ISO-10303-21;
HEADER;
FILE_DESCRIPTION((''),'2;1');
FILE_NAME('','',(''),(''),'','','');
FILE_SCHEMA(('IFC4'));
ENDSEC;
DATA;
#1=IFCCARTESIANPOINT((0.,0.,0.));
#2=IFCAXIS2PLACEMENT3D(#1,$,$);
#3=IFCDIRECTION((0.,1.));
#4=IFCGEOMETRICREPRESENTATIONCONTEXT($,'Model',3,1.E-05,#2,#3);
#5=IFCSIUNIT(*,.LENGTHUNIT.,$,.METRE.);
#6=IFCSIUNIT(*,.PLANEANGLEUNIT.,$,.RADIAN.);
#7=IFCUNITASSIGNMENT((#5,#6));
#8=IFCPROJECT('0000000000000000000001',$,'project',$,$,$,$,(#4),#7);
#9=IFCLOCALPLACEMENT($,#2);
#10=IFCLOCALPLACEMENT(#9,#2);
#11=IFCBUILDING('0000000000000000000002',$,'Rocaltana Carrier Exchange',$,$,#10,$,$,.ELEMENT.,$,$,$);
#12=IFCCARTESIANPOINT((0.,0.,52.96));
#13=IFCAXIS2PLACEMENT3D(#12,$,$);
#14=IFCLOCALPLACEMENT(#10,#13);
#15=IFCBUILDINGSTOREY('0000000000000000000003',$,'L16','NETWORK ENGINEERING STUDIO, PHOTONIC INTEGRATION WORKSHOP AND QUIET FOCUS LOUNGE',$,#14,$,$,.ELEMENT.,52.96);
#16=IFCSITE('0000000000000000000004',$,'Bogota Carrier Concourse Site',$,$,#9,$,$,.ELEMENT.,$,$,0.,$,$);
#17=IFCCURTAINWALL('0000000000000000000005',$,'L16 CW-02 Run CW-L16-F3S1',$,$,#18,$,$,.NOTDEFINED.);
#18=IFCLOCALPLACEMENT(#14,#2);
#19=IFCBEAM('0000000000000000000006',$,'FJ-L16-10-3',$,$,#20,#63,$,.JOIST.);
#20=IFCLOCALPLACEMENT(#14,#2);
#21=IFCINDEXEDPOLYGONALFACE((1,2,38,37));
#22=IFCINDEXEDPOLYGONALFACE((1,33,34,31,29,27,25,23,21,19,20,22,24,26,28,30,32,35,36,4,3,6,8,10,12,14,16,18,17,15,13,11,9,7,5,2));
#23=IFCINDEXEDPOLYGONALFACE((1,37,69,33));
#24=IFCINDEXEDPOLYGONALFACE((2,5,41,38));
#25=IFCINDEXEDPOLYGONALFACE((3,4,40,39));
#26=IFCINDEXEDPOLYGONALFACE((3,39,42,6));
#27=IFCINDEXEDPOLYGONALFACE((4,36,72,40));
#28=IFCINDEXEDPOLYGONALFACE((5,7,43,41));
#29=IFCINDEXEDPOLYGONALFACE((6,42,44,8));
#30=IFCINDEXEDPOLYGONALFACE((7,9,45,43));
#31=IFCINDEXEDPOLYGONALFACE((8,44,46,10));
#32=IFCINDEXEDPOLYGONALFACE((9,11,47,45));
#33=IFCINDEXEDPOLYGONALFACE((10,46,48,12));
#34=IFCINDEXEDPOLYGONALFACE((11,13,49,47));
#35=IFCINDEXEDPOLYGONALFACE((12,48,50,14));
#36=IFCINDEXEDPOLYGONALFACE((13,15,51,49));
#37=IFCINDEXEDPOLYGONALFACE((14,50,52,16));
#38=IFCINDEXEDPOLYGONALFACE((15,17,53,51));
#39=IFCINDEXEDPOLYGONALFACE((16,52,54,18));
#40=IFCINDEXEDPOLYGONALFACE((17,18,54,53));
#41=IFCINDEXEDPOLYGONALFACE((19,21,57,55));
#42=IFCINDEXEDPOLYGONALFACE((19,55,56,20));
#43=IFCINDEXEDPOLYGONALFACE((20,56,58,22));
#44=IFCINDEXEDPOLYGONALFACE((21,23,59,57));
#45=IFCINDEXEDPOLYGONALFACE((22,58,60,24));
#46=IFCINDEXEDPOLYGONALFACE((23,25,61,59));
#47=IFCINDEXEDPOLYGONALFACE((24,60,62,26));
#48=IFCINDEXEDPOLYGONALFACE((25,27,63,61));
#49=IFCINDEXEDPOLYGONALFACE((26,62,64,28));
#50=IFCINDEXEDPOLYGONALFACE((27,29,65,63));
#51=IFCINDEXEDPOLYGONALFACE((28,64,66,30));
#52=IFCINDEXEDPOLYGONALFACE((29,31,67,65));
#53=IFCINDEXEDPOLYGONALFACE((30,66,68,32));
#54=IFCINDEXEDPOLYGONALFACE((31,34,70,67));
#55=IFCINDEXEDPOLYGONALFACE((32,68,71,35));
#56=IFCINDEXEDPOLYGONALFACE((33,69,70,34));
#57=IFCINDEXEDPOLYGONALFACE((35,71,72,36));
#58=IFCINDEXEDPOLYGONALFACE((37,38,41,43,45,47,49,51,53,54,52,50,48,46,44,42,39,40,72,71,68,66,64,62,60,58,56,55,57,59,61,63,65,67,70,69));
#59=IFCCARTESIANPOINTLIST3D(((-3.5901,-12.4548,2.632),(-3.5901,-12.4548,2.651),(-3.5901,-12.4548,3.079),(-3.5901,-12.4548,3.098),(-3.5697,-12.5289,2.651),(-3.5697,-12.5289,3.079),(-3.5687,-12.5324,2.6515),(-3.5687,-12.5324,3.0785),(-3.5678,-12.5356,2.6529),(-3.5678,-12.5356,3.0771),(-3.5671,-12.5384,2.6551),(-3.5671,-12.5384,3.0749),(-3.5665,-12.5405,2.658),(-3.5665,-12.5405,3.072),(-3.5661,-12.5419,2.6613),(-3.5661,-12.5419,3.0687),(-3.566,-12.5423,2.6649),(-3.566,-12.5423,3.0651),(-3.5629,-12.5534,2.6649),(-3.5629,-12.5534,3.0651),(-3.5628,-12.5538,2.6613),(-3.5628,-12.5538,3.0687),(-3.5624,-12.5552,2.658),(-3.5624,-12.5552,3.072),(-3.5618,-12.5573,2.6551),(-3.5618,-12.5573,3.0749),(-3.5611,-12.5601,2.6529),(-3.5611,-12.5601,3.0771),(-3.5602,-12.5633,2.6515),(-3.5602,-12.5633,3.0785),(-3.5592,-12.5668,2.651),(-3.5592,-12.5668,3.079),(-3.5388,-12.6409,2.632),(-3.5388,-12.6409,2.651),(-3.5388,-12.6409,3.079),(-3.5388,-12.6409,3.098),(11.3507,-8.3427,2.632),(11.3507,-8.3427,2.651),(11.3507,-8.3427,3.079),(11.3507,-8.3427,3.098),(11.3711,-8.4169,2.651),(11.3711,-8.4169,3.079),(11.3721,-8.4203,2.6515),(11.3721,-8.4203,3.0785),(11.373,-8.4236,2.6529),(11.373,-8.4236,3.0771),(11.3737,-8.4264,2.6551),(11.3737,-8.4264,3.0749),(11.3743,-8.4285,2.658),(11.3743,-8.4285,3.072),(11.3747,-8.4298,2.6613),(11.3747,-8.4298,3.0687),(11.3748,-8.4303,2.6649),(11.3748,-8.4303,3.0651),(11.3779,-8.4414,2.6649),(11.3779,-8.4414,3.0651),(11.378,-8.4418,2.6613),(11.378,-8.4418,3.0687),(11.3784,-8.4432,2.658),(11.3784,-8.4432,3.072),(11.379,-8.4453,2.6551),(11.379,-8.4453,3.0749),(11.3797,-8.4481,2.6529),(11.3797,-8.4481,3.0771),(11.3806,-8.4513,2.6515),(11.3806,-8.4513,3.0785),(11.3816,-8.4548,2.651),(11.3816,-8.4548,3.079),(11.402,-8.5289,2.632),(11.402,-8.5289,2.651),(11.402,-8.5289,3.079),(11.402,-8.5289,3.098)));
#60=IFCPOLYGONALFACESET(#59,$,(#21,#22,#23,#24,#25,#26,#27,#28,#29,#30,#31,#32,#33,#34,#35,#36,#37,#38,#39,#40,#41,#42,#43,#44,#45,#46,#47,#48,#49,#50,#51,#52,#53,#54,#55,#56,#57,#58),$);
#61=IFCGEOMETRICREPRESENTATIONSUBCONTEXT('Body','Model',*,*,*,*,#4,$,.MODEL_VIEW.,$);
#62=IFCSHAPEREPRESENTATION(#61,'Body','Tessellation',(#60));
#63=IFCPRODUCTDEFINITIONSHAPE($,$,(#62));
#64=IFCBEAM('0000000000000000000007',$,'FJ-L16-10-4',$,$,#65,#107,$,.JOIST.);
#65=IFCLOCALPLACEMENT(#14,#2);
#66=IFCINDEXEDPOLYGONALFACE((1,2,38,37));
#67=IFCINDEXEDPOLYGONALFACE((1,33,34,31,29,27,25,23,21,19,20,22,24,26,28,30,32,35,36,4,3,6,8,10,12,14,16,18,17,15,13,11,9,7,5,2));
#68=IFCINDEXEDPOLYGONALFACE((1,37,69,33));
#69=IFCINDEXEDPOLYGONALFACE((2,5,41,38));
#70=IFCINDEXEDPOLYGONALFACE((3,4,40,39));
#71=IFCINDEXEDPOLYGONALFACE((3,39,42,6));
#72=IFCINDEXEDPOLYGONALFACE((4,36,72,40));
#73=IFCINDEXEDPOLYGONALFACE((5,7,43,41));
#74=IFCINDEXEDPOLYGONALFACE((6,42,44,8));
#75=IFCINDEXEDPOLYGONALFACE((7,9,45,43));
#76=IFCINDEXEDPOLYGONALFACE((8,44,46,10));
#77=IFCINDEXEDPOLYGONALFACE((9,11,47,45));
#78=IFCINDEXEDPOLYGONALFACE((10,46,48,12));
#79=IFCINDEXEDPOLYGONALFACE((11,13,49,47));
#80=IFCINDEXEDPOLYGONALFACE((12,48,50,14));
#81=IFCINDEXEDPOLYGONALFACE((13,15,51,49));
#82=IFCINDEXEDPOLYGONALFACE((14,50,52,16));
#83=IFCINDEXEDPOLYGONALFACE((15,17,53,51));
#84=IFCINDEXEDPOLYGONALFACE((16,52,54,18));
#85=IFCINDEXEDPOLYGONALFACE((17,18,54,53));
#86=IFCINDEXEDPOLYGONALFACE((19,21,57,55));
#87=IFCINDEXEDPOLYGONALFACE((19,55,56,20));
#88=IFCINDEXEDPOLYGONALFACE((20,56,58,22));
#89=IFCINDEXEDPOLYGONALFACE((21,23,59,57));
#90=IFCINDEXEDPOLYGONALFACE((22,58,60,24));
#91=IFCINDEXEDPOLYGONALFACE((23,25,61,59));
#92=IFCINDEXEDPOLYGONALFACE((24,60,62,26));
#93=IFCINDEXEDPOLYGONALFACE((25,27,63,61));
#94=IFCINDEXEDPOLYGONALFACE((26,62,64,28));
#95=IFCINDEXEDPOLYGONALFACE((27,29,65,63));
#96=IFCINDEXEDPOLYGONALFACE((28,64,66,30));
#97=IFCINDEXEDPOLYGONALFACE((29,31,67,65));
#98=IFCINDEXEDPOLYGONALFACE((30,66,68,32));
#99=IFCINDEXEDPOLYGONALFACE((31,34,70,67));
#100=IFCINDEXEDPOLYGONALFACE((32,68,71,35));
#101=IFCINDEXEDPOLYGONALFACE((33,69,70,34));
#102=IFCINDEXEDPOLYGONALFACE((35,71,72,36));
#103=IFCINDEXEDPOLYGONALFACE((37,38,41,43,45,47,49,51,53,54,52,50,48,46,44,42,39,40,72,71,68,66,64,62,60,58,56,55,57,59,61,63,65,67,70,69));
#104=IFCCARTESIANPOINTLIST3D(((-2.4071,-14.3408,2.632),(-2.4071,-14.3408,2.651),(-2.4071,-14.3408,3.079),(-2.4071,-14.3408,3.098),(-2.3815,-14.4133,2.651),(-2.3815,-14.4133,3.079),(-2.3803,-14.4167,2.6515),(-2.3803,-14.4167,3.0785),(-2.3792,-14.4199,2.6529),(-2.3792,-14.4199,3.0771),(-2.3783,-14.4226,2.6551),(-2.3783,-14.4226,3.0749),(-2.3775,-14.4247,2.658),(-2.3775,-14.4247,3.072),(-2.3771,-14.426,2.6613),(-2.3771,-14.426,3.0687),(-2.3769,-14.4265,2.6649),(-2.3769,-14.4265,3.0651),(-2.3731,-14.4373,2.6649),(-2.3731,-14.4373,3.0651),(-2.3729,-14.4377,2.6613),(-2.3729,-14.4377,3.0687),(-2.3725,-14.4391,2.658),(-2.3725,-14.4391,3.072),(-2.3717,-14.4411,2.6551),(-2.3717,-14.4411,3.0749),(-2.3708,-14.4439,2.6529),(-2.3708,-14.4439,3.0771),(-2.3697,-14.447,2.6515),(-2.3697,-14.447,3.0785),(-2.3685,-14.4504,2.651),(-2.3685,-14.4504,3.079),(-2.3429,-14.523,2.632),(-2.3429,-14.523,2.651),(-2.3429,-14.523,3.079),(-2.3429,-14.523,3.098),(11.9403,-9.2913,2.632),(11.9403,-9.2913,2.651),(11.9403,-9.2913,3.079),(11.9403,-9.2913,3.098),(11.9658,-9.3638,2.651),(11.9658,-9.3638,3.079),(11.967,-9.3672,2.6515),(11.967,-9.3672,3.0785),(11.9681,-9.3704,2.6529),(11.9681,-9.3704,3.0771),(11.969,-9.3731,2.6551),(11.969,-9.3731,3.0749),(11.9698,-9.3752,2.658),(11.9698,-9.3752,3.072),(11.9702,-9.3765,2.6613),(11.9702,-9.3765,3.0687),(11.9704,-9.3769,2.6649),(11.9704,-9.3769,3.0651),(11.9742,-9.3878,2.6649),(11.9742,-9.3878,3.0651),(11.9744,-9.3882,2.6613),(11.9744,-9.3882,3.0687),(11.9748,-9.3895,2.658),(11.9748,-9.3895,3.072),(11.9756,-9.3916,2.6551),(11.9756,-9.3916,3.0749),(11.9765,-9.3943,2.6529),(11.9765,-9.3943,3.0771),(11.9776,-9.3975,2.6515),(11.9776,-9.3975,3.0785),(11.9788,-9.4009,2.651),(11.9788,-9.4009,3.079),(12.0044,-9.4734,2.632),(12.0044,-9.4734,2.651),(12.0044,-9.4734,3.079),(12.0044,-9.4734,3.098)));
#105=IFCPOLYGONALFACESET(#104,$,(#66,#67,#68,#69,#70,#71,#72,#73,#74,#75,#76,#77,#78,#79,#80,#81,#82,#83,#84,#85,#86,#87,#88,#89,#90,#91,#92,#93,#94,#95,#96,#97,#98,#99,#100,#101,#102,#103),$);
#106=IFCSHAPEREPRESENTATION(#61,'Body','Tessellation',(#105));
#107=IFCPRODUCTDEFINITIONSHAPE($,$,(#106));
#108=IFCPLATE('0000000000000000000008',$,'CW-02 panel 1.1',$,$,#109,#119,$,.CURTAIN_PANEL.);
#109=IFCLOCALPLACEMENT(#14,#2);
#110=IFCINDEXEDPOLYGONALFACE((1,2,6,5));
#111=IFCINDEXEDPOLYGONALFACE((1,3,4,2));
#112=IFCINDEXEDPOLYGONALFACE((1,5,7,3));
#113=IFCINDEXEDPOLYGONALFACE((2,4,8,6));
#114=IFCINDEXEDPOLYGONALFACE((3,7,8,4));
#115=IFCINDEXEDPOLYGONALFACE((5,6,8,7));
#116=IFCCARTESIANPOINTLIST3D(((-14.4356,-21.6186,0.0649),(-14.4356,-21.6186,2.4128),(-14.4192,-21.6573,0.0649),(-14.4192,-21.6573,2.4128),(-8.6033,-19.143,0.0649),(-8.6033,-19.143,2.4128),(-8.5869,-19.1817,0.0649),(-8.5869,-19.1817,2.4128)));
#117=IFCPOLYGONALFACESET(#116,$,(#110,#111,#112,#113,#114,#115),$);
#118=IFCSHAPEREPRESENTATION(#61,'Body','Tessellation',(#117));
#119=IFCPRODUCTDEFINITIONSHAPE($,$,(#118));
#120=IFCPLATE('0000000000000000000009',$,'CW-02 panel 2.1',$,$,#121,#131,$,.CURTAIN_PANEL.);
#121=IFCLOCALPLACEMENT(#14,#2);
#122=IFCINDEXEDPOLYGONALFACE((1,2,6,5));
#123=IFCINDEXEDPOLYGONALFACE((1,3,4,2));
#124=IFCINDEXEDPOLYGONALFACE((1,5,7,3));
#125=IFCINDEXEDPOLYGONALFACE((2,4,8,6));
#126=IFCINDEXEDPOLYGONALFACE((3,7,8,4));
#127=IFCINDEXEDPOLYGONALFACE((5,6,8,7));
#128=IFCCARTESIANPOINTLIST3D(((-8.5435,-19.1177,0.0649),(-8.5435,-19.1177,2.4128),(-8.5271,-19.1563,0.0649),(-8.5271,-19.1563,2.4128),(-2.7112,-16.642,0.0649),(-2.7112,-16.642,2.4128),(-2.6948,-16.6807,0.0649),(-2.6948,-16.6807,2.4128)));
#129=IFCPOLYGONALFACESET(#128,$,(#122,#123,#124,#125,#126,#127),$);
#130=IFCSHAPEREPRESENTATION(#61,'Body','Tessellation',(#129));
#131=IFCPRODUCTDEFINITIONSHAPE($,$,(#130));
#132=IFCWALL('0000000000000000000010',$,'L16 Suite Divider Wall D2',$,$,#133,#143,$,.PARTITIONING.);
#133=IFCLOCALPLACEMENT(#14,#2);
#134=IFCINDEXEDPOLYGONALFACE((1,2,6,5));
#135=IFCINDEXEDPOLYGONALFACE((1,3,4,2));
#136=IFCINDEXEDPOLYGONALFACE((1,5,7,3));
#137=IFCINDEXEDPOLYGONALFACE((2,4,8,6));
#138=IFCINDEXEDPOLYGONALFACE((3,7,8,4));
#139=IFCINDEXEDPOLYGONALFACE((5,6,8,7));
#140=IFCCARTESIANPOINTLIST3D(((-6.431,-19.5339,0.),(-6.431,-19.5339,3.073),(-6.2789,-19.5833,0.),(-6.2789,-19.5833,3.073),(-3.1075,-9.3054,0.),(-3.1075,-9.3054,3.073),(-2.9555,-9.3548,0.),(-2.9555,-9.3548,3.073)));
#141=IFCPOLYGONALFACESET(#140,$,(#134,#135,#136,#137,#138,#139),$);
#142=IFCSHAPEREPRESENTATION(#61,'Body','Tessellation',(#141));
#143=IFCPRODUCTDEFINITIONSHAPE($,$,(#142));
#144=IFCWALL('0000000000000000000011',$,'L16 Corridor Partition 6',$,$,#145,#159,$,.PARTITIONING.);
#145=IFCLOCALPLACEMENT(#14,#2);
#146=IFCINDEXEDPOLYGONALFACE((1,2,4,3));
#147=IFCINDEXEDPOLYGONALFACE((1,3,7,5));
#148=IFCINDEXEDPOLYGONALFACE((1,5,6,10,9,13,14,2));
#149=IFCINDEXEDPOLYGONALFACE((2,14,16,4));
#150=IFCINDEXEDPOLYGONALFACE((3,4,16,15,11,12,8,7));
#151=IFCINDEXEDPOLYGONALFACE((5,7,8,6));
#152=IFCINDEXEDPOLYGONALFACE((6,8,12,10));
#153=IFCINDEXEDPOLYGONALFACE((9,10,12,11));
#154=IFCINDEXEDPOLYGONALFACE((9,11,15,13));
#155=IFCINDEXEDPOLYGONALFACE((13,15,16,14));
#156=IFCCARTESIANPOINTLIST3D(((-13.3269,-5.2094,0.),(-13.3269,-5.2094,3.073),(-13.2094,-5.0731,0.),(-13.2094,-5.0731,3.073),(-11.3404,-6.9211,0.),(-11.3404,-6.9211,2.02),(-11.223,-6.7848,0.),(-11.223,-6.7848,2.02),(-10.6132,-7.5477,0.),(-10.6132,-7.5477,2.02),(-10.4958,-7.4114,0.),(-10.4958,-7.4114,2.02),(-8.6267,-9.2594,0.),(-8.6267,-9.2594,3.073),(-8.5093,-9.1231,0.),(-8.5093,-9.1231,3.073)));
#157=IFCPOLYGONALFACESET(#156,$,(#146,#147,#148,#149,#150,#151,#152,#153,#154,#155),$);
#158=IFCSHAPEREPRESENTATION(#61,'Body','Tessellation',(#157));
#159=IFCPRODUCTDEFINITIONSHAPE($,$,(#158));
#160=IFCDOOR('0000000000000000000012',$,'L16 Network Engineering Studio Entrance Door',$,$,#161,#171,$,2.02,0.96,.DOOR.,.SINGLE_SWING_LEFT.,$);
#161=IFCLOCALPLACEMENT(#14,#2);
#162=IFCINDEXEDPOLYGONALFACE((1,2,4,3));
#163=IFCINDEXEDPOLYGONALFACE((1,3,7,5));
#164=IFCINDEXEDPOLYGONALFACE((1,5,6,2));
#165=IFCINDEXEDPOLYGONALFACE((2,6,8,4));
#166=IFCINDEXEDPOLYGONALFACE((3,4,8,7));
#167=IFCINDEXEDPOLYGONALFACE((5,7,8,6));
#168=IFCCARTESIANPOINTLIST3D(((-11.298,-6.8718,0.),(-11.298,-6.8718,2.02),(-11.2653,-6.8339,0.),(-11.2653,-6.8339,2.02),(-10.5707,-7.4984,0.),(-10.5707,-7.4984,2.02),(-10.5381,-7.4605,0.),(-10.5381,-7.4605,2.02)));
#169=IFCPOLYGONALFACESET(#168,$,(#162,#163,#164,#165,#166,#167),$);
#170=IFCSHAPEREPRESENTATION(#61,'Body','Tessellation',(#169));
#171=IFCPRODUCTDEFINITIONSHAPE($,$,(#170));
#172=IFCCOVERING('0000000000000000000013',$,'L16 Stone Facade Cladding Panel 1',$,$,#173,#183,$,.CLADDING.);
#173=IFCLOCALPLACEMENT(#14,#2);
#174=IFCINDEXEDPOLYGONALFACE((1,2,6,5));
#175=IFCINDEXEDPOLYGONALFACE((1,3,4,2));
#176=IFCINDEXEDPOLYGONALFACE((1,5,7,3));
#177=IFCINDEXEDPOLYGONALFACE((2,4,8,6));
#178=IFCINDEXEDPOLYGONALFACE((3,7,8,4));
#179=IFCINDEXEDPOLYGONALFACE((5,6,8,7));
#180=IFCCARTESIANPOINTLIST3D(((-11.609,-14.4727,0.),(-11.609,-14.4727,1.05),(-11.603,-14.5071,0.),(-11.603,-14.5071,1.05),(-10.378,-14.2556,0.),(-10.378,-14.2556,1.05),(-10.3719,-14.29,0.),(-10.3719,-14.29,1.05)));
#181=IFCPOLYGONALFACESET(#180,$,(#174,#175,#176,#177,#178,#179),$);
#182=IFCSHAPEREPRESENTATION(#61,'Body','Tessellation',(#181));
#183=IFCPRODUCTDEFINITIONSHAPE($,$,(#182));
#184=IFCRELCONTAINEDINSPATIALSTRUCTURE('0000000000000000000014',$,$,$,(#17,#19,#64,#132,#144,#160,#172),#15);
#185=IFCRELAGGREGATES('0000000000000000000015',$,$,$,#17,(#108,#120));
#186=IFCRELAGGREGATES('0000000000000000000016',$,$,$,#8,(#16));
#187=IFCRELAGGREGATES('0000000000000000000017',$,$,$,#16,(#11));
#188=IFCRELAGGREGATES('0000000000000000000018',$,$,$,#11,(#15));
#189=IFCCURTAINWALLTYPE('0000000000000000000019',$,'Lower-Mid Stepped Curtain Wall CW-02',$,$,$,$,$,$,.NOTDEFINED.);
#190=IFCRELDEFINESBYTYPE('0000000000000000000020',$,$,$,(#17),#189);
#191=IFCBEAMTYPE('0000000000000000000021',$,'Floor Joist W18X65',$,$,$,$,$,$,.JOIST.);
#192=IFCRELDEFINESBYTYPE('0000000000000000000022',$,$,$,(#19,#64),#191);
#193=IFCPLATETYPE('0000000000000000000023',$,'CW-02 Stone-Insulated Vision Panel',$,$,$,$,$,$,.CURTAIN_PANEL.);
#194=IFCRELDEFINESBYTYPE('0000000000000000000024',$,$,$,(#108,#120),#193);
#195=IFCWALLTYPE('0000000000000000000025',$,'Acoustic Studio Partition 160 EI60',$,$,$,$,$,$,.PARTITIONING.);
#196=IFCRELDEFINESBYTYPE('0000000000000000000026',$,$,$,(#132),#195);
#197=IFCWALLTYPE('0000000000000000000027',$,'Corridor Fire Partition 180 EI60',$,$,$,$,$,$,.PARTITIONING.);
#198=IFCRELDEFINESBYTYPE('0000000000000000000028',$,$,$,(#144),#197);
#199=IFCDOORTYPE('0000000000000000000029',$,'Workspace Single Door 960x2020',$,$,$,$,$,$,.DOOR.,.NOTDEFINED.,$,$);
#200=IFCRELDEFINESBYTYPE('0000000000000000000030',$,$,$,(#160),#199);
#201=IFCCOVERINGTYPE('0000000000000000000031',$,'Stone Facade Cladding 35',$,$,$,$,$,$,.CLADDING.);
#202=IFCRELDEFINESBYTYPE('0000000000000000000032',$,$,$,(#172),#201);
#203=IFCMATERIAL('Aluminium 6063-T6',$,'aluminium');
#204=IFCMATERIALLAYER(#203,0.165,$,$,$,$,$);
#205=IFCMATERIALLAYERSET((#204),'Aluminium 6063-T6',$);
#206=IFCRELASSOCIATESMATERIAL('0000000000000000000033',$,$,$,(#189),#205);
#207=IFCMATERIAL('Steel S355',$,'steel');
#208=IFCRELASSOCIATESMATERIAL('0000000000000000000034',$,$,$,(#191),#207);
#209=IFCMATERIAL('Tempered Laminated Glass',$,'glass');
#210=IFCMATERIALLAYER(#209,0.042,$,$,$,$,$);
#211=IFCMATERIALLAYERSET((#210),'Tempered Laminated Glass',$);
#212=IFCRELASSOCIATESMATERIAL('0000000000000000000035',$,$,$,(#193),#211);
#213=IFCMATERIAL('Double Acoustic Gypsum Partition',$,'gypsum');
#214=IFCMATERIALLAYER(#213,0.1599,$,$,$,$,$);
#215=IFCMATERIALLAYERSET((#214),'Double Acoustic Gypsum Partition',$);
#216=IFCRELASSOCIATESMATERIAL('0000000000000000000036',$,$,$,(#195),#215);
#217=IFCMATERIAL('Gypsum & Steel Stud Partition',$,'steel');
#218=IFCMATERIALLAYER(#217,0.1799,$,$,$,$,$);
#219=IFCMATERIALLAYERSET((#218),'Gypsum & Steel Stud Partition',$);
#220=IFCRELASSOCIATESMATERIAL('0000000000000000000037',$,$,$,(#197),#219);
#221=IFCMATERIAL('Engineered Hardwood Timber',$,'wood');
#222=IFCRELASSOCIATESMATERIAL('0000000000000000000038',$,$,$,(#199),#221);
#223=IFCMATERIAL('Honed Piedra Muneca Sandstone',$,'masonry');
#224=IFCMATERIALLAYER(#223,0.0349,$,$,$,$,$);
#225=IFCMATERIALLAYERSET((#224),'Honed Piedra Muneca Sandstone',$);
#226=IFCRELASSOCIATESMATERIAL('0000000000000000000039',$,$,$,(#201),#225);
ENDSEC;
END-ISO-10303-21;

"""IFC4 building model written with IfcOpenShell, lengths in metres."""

from ifc_helpers import new_model, si_unit, direction, frame, frame_2d, origin, origin_2d, place, context, subcontext, project, spatial, rectangle, i_section, extrude, material, layer, layer_set, material_profile, profile_set, type_object, element, fill, aggregate, save


model = new_model("IFC4")

# Units and contexts
model_context = context("Model", 3, precision=1e-05, world=origin(), true_north=direction((0.0, 1.0)))
body_context = subcontext(model_context, "Body", "Model", "MODEL_VIEW")
ifc_project = project(units=[si_unit("LENGTHUNIT", "METRE"), si_unit("PLANEANGLEUNIT", "RADIAN")], contexts=[model_context])

# Site, building, storey
site_placement = place(None, origin())
site = spatial("IfcSite", under=ifc_project, at=site_placement, Name="Bogota Carrier Concourse Site", CompositionType="ELEMENT", RefElevation=0.0)
building_placement = place(site_placement, origin())
building = spatial("IfcBuilding", under=site, at=building_placement, Name="Rocaltana Carrier Exchange", CompositionType="ELEMENT")
storey_placement = place(building_placement, frame((0.0, 0.0, 52.96)))
storey = spatial("IfcBuildingStorey", under=building, at=storey_placement, Name="L16", Description="NETWORK ENGINEERING STUDIO, PHOTONIC INTEGRATION WORKSHOP AND QUIET FOCUS LOUNGE", CompositionType="ELEMENT", Elevation=52.96)

# Curtain wall
ifc_material_1 = material(Name="Aluminium 6063-T6", Category="aluminium")
ifc_layer_1 = layer(ifc_material_1, 0.165)
ifc_layer_set_1 = layer_set([ifc_layer_1], Name="Aluminium 6063-T6")
curtain_wall_type = type_object("IfcCurtainWallType", Name="Lower-Mid Stepped Curtain Wall CW-02", PredefinedType="NOTDEFINED", material=ifc_layer_set_1)
curtain_wall_placement = place(storey_placement, origin())
curtain_wall = element("IfcCurtainWall", 1, at=curtain_wall_placement, inside=storey, type_object=curtain_wall_type, Name="L16 CW-02 Run CW-L16-F3S1", PredefinedType="NOTDEFINED")

# Beams
ifc_material_2 = material(Name="Steel S355", Category="steel")
ifc_material_profile_1 = material_profile(ifc_material_2, i_section(OverallWidth=0.1931, OverallDepth=0.4661, WebThickness=0.0115, FlangeThickness=0.019, FilletRadius=0.0139, at=origin_2d()), Name="W18X65")
ifc_profile_set_1 = profile_set([ifc_material_profile_1], Name="Steel S355")
beam_type = type_object("IfcBeamType", Name="Floor Joist W18X65", PredefinedType="JOIST", material=ifc_profile_set_1)
beam_1_placement = place(storey_placement, frame((-3.5645, -12.5479, 2.865), z_axis=(0.964151, 0.265355, 0.0), x_axis=(-0.265355, 0.964151, 0.0)))
element("IfcBeam", 2, at=beam_1_placement, inside=storey, type_object=beam_type, Name="FJ-L16-10-3", PredefinedType="JOIST", context=body_context, shape_type="SweptSolid", body=[
    extrude(i_section(OverallWidth=0.1931, OverallDepth=0.4661, WebThickness=0.0115, FlangeThickness=0.019, FilletRadius=0.0139, at=origin_2d()), origin(), (0.0, 0.0, 1.0), 15.4963),
])
beam_2_placement = place(storey_placement, frame((-2.375, -14.4319, 2.865), z_axis=(0.943284, 0.331988, 0.0), x_axis=(-0.331988, 0.943284, 0.0)))
element("IfcBeam", 3, at=beam_2_placement, inside=storey, type_object=beam_type, Name="FJ-L16-10-4", PredefinedType="JOIST", context=body_context, shape_type="SweptSolid", body=[
    extrude(i_section(OverallWidth=0.1931, OverallDepth=0.4661, WebThickness=0.0115, FlangeThickness=0.019, FilletRadius=0.0139, at=origin_2d()), origin(), (0.0, 0.0, 1.0), 15.21),
])

# Plates
ifc_material_3 = material(Name="Tempered Laminated Glass", Category="glass")
ifc_layer_2 = layer(ifc_material_3, 0.042)
ifc_layer_set_2 = layer_set([ifc_layer_2], Name="Tempered Laminated Glass")
plate_type = type_object("IfcPlateType", Name="CW-02 Stone-Insulated Vision Panel", PredefinedType="CURTAIN_PANEL", material=ifc_layer_set_2)
plate_1_placement = place(storey_placement, frame((-11.5112, -20.4001, 0.0649), z_axis=(0.0, 0.0, 1.0), x_axis=(0.920506, 0.390729, 0.0)))
plate_1 = element("IfcPlate", 4, at=plate_1_placement, type_object=plate_type, Name="CW-02 panel 1.1", PredefinedType="CURTAIN_PANEL", context=body_context, shape_type="SweptSolid", body=[
    extrude(rectangle(XDim=6.3359, YDim=0.042, at=origin_2d()), origin(), (0.0, 0.0, 1.0), 2.3479),
])
plate_2_placement = place(storey_placement, frame((-5.6191, -17.8992, 0.0649), z_axis=(0.0, 0.0, 1.0), x_axis=(0.920506, 0.390729, 0.0)))
plate_2 = element("IfcPlate", 5, at=plate_2_placement, type_object=plate_type, Name="CW-02 panel 2.1", PredefinedType="CURTAIN_PANEL", context=body_context, shape_type="SweptSolid", body=[
    extrude(rectangle(XDim=6.3359, YDim=0.042, at=origin_2d()), origin(), (0.0, 0.0, 1.0), 2.3479),
])
aggregate(curtain_wall, [plate_1, plate_2])

# Wall
ifc_material_4 = material(Name="Double Acoustic Gypsum Partition", Category="gypsum")
ifc_layer_3 = layer(ifc_material_4, 0.1599)
ifc_layer_set_3 = layer_set([ifc_layer_3], Name="Double Acoustic Gypsum Partition")
wall_type_1 = type_object("IfcWallType", Name="Acoustic Studio Partition 160 EI60", PredefinedType="PARTITIONING", material=ifc_layer_set_3)
wall_1_placement = place(storey_placement, frame((-3.0315, -9.3301, 0.0), z_axis=(0.0, 0.0, 1.0), x_axis=(-0.30902, -0.951055, 0.0)))
element("IfcWall", 6, at=wall_1_placement, inside=storey, type_object=wall_type_1, Name="L16 Suite Divider Wall D2", PredefinedType="PARTITIONING", context=body_context, shape_type="SweptSolid", body=[
    extrude(rectangle(XDim=10.7549, YDim=0.1599, at=frame_2d((5.3774, 0.0))), origin(), (0.0, 0.0, 1.0), 3.073),
])

# Wall, opening, door
ifc_material_5 = material(Name="Gypsum & Steel Stud Partition", Category="steel")
ifc_layer_4 = layer(ifc_material_5, 0.1799)
ifc_layer_set_4 = layer_set([ifc_layer_4], Name="Gypsum & Steel Stud Partition")
wall_type_2 = type_object("IfcWallType", Name="Corridor Fire Partition 180 EI60", PredefinedType="PARTITIONING", material=ifc_layer_set_4)
wall_2_placement = place(storey_placement, frame((-8.5681, -9.1912, 0.0), z_axis=(0.0, 0.0, 1.0), x_axis=(-0.757557, 0.652769, 0.0)))
wall_2 = element("IfcWall", 7, at=wall_2_placement, inside=storey, type_object=wall_type_2, Name="L16 Corridor Partition 6", PredefinedType="PARTITIONING", context=body_context, shape_type="SweptSolid", body=[
    extrude(rectangle(XDim=6.2043, YDim=0.1799, at=frame_2d((3.1021, 0.0))), origin(), (0.0, 0.0, 1.0), 3.073),
])
opening_placement = place(wall_2_placement, frame((2.6221, 0.0, 0.0)))
opening = element("IfcOpeningElement", 8, at=opening_placement, cuts=wall_2, PredefinedType="OPENING", context=body_context, shape_type="SweptSolid", body=[
    extrude(rectangle(XDim=0.96, YDim=2.02, at=frame_2d((0.48, 1.01))), frame((0.0, 0.0999, 0.0), z_axis=(0.0, -1.0, 0.0), x_axis=(1.0, 0.0, 0.0)), (0.0, 0.0, 1.0), 0.2),
])
ifc_material_6 = material(Name="Engineered Hardwood Timber", Category="wood")
door_type = type_object("IfcDoorType", Name="Workspace Single Door 960x2020", OperationType="NOTDEFINED", PredefinedType="DOOR", material=ifc_material_6)
door_placement = place(opening_placement, origin())
door = element("IfcDoor", 9, at=door_placement, inside=storey, type_object=door_type, Name="L16 Network Engineering Studio Entrance Door", OperationType="SINGLE_SWING_LEFT", OverallHeight=2.02, OverallWidth=0.96, PredefinedType="DOOR", context=body_context, shape_type="SweptSolid", body=[
    extrude(rectangle(XDim=0.96, YDim=2.02, at=frame_2d((0.48, 1.01))), frame((0.0, 0.0249, 0.0), z_axis=(0.0, -1.0, 0.0), x_axis=(1.0, 0.0, 0.0)), (0.0, 0.0, 1.0), 0.05),
])
fill(opening, door)

# Covering
ifc_material_7 = material(Name="Honed Piedra Muneca Sandstone", Category="masonry")
ifc_layer_5 = layer(ifc_material_7, 0.0349)
ifc_layer_set_5 = layer_set([ifc_layer_5], Name="Honed Piedra Muneca Sandstone")
covering_type = type_object("IfcCoveringType", Name="Stone Facade Cladding 35", PredefinedType="CLADDING", material=ifc_layer_set_5)
covering_placement = place(storey_placement, frame((-10.9905, -14.3813, 0.0), z_axis=(0.0, 0.0, 1.0), x_axis=(0.984808, 0.173648, 0.0)))
element("IfcCovering", 10, at=covering_placement, inside=storey, type_object=covering_type, Name="L16 Stone Facade Cladding Panel 1", PredefinedType="CLADDING", context=body_context, shape_type="SweptSolid", body=[
    extrude(rectangle(XDim=1.25, YDim=0.0349, at=origin_2d()), origin(), (0.0, 0.0, 1.0), 1.05),
])

save(model, "model.ifc")
